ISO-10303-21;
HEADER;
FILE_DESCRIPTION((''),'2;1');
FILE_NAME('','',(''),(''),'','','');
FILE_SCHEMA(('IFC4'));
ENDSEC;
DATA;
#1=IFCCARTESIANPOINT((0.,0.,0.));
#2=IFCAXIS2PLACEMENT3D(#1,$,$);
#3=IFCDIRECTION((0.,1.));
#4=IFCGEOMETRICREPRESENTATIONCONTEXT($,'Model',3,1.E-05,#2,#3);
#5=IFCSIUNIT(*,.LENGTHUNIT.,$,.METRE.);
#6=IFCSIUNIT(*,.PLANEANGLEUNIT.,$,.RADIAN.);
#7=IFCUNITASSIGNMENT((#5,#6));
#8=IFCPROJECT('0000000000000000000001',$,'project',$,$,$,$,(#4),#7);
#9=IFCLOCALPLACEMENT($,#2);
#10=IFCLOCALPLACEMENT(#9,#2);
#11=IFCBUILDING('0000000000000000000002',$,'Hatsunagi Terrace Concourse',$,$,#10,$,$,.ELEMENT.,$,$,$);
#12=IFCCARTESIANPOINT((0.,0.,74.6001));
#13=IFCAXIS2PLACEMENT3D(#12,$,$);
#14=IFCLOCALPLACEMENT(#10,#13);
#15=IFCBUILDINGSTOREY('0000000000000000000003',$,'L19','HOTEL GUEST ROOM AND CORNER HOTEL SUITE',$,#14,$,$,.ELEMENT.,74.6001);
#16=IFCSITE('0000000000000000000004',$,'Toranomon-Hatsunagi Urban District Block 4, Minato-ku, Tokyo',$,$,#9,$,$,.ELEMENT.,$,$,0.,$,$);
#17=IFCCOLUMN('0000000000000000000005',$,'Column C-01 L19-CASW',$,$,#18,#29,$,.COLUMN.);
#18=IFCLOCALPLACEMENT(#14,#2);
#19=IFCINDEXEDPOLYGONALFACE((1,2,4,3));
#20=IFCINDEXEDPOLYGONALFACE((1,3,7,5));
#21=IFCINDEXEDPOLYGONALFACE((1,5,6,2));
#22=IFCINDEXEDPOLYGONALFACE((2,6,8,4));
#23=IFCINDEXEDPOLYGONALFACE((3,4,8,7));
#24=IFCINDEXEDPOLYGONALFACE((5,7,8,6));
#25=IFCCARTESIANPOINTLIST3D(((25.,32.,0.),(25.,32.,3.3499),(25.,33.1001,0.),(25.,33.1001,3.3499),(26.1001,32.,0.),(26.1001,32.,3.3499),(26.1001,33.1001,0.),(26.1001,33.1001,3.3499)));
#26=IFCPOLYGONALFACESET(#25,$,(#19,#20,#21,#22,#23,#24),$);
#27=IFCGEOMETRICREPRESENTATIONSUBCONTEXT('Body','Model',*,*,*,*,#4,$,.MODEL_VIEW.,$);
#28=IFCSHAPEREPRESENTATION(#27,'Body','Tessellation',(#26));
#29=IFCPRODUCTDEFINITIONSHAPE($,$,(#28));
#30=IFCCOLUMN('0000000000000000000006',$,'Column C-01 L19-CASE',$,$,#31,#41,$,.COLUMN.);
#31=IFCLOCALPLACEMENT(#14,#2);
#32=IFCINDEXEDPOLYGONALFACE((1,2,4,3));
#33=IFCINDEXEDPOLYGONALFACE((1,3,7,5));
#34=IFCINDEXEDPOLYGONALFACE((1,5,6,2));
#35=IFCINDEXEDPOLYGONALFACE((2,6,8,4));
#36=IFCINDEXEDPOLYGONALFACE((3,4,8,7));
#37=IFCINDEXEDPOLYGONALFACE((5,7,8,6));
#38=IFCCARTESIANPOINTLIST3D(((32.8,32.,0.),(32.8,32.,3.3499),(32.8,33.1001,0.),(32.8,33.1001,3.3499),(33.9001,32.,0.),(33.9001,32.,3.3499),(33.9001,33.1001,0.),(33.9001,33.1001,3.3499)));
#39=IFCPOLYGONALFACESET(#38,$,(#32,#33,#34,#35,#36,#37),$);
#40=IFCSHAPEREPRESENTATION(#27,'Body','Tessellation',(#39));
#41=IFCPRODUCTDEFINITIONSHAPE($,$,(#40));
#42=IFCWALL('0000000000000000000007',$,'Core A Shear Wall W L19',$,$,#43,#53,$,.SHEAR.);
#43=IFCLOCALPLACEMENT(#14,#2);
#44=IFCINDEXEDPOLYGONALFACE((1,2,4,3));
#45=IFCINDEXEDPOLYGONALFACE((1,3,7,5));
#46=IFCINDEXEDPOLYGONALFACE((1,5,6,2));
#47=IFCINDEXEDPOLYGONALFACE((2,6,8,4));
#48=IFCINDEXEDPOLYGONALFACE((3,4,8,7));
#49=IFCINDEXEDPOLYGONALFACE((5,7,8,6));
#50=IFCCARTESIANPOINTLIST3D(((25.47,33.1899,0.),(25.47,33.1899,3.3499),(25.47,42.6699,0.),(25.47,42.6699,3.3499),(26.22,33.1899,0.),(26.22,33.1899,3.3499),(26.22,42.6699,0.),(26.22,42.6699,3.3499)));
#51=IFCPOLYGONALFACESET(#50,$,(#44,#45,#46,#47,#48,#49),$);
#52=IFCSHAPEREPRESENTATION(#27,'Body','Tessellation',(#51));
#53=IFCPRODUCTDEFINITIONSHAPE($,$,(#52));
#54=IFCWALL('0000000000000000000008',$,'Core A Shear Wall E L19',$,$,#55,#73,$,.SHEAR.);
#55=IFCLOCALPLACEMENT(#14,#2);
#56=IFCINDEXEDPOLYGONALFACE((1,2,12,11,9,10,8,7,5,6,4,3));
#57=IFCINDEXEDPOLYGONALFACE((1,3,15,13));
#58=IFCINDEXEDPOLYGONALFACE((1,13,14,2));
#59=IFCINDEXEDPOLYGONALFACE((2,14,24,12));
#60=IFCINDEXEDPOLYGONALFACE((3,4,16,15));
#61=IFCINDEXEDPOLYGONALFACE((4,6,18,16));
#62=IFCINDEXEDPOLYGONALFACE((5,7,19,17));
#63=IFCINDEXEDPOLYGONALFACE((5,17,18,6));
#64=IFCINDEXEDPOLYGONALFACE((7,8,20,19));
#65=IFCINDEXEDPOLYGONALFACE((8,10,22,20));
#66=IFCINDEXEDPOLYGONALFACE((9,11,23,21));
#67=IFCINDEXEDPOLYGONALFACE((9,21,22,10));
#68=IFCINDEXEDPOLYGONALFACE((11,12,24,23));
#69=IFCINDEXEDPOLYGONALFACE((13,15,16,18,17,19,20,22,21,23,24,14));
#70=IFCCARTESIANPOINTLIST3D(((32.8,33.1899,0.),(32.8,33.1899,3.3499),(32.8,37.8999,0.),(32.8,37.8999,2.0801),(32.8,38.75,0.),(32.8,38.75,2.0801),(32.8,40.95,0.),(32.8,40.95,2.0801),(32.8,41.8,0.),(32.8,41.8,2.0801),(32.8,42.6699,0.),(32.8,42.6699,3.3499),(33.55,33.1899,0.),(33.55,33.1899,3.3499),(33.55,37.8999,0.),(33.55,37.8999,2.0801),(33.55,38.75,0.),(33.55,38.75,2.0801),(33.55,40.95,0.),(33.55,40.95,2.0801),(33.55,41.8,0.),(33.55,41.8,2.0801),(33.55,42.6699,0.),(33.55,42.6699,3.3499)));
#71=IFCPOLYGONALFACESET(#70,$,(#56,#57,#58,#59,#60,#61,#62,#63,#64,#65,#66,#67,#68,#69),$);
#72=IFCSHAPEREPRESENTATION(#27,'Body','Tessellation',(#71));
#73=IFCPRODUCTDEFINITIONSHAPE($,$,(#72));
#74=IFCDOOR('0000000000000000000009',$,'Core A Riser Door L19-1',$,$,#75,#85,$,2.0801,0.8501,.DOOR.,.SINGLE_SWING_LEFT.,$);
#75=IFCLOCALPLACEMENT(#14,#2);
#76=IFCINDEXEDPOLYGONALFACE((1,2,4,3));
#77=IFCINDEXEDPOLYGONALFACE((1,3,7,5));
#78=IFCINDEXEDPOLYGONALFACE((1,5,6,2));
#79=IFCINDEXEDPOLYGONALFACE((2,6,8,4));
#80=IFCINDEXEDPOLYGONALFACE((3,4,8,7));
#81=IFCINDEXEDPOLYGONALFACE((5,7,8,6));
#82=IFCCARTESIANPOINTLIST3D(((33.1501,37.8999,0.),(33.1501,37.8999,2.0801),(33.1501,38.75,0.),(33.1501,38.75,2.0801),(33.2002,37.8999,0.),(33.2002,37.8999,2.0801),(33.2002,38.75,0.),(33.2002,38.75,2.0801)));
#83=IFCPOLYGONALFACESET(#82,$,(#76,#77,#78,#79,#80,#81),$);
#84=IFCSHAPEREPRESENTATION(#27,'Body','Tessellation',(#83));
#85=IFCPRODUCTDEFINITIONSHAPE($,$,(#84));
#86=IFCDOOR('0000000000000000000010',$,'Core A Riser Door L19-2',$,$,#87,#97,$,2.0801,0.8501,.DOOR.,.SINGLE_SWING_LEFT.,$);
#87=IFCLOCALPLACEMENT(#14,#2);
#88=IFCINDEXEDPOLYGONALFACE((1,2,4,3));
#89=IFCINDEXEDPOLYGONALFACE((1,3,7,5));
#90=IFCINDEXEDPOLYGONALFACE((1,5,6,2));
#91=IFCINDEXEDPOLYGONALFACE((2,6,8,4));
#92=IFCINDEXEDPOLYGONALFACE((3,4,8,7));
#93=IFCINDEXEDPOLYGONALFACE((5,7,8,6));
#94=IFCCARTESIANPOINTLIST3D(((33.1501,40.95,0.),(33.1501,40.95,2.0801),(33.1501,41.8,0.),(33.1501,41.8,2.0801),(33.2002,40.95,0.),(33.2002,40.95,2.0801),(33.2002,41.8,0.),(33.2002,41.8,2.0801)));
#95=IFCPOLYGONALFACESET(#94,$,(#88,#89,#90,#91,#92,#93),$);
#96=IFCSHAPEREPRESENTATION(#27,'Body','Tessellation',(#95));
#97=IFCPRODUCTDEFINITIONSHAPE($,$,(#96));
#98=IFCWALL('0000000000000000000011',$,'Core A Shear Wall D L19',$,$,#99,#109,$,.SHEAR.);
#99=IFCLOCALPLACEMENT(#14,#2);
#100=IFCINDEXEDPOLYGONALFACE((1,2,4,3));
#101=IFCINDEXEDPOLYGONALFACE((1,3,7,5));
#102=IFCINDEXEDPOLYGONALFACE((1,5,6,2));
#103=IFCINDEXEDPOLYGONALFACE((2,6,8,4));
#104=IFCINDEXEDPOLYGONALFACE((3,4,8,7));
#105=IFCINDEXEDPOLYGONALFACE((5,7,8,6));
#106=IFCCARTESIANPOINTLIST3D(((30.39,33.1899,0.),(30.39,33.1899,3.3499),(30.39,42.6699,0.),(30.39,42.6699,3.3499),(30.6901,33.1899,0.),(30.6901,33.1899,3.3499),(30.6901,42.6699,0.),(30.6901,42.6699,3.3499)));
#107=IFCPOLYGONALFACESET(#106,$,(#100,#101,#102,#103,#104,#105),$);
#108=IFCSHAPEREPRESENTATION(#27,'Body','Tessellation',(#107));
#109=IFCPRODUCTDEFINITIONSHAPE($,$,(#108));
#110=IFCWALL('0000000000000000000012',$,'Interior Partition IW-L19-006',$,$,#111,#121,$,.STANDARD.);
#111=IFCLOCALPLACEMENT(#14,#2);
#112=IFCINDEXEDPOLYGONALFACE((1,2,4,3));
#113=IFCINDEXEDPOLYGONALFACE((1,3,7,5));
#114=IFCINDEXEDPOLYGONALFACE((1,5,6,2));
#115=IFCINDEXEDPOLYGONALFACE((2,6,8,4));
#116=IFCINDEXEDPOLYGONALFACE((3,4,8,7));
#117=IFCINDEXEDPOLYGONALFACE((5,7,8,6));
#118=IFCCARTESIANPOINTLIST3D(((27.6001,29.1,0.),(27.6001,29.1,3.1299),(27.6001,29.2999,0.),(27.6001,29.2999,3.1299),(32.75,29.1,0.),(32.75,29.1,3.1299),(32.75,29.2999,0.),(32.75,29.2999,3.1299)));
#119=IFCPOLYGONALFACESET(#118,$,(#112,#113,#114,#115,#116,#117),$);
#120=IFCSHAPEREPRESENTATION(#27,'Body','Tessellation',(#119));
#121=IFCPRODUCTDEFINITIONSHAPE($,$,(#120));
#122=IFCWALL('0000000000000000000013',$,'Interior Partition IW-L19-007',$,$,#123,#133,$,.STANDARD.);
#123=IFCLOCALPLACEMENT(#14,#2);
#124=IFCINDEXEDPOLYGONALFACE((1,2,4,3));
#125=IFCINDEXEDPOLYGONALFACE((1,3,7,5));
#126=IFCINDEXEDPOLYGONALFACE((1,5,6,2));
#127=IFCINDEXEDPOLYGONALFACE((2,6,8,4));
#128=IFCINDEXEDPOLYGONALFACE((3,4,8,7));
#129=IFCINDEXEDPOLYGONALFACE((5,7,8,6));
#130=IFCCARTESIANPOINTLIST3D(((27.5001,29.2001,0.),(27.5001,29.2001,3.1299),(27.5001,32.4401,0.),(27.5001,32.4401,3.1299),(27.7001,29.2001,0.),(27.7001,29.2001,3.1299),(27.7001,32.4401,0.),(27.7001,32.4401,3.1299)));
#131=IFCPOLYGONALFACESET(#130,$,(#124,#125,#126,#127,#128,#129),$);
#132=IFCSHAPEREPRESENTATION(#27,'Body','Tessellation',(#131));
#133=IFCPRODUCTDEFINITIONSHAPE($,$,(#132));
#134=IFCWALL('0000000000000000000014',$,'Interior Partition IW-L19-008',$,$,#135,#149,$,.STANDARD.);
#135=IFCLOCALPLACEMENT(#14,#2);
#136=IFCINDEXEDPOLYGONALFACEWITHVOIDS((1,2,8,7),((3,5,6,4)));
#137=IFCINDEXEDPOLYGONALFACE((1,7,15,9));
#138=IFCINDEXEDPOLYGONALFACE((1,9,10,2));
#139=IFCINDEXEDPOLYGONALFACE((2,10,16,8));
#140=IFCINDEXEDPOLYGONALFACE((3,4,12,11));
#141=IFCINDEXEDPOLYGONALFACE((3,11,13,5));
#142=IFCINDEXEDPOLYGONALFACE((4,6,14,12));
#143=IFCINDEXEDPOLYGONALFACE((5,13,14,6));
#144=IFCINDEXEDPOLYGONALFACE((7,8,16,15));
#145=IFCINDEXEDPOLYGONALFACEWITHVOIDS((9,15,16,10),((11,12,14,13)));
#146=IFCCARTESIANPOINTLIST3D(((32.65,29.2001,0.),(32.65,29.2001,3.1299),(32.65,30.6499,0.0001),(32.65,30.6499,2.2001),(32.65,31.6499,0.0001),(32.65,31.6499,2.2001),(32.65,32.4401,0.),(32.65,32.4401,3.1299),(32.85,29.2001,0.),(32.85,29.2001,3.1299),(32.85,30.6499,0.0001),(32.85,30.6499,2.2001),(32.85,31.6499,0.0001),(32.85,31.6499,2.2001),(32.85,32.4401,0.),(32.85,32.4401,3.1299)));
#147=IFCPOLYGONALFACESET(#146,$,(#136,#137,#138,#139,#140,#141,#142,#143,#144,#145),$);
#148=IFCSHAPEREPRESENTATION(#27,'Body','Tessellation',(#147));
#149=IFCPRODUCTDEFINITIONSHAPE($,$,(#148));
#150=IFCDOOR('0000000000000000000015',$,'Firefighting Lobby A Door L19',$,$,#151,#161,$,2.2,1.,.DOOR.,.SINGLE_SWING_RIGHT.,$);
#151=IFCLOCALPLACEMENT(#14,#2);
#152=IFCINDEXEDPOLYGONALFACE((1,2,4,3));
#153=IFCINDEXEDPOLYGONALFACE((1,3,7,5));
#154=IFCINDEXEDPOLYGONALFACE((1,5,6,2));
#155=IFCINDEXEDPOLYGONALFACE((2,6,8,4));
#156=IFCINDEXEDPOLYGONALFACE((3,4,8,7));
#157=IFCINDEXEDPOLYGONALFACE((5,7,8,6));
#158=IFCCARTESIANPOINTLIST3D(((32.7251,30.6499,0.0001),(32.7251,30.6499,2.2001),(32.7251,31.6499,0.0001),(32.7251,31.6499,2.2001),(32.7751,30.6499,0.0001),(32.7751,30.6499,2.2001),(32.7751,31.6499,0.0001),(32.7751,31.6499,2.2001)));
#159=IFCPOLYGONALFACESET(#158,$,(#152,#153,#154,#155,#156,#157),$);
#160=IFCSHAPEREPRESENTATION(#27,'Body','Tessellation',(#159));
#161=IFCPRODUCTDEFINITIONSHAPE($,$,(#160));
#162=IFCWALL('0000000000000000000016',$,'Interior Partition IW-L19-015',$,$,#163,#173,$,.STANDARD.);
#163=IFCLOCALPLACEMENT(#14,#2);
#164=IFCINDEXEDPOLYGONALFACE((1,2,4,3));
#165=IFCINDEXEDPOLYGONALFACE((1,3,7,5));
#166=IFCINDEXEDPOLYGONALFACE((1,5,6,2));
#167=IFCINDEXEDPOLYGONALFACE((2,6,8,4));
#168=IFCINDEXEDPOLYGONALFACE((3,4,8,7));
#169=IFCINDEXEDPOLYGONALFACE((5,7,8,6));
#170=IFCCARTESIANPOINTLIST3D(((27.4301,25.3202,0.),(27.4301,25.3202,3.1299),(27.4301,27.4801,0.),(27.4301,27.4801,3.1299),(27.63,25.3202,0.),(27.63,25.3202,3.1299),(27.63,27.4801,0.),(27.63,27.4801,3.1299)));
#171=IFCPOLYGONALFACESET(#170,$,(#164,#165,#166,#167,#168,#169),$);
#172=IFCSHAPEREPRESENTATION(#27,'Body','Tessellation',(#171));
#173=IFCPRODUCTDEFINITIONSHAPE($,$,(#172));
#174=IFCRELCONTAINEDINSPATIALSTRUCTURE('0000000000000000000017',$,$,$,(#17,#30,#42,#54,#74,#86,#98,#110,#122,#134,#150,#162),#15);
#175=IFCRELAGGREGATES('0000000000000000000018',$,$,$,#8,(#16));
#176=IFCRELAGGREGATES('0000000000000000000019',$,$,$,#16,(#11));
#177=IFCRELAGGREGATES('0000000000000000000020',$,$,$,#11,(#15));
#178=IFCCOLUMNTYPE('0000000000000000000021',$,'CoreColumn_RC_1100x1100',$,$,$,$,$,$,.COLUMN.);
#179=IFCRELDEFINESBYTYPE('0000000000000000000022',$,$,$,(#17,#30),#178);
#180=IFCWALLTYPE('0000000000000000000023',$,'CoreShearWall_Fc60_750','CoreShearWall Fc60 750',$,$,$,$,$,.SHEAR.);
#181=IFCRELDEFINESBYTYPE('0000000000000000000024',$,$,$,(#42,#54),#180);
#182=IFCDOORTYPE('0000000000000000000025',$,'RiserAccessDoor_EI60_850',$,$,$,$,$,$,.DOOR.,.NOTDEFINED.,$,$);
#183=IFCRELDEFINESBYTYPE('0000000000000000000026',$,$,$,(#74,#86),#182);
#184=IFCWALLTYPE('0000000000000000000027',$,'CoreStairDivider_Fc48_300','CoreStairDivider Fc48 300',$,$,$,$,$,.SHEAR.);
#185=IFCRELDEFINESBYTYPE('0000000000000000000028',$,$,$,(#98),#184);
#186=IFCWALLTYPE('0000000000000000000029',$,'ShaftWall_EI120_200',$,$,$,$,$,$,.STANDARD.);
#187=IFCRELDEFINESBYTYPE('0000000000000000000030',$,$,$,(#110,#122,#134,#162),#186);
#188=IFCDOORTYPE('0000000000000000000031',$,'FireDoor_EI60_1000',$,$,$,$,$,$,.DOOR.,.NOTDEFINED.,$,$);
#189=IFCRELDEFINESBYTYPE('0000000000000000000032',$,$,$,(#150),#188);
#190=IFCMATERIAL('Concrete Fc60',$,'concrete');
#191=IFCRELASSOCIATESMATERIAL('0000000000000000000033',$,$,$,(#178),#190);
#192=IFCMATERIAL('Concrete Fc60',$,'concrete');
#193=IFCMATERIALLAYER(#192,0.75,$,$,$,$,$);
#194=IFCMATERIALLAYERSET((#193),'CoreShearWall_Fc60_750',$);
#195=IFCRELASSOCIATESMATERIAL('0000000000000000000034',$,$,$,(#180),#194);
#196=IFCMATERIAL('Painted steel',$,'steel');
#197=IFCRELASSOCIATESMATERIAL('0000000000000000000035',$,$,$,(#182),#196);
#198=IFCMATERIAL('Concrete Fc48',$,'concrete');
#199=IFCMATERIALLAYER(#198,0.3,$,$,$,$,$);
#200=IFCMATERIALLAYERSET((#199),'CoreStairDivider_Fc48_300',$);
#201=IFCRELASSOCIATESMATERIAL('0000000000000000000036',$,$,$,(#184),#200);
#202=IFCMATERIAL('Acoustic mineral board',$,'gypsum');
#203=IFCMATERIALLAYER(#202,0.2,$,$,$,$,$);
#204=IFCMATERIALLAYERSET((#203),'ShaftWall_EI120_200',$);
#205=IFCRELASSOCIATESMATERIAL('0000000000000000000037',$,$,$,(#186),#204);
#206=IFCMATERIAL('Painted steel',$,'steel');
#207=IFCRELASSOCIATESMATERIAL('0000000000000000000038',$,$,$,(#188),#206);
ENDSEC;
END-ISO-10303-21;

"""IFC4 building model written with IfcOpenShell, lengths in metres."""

from ifc_helpers import new_model, si_unit, direction, frame, frame_2d, origin, origin_2d, place, context, subcontext, project, spatial, rectangle, extrude, material, layer, layer_set, material_profile, profile_set, type_object, element, fill, save


model = new_model("IFC4")

# Units and contexts
model_context = context("Model", 3, precision=1e-05, world=origin(), true_north=direction((0.0, 1.0)))
body_context = subcontext(model_context, "Body", "Model", "MODEL_VIEW")
ifc_project = project(units=[si_unit("LENGTHUNIT", "METRE"), si_unit("PLANEANGLEUNIT", "RADIAN")], contexts=[model_context])

# Site, building, storey
site_placement = place(None, origin())
site = spatial("IfcSite", under=ifc_project, at=site_placement, Name="Toranomon-Hatsunagi Urban District Block 4, Minato-ku, Tokyo", CompositionType="ELEMENT", RefElevation=0.0)
building_placement = place(site_placement, origin())
building = spatial("IfcBuilding", under=site, at=building_placement, Name="Hatsunagi Terrace Concourse", CompositionType="ELEMENT")
storey_placement = place(building_placement, frame((0.0, 0.0, 74.6001)))
storey = spatial("IfcBuildingStorey", under=building, at=storey_placement, Name="L19", Description="HOTEL GUEST ROOM AND CORNER HOTEL SUITE", CompositionType="ELEMENT", Elevation=74.6001)

# Columns
ifc_material_1 = material(Name="Concrete Fc60", Category="concrete")
ifc_material_profile = material_profile(ifc_material_1, rectangle(XDim=1.1001, YDim=1.1001, at=origin_2d()), Name="RC-1100x1100")
ifc_profile_set = profile_set([ifc_material_profile], Name="Concrete Fc60")
column_type = type_object("IfcColumnType", Name="CoreColumn_RC_1100x1100", PredefinedType="COLUMN", material=ifc_profile_set)
for number, where, z_axis, x_axis, name in (
    (1, (25.55, 32.55, 0.0), (0.0, 0.0, 1.0), (1.0, 0.0, 0.0), "Column C-01 L19-CASW"),
    (2, (33.3501, 32.55, 0.0), (0.0, 0.0, 1.0), (1.0, 0.0, 0.0), "Column C-01 L19-CASE"),
):
    element("IfcColumn", number, at=place(storey_placement, frame(where, z_axis=z_axis, x_axis=x_axis)), inside=storey, type_object=column_type, Name=name, PredefinedType="COLUMN", context=body_context, shape_type="SweptSolid", body=[
        extrude(rectangle(XDim=1.1001, YDim=1.1001, at=origin_2d()), origin(), (0.0, 0.0, 1.0), 3.3499),
    ])

# Wall
ifc_material_2 = material(Name="Concrete Fc60", Category="concrete")
ifc_layer_1 = layer(ifc_material_2, 0.75)
ifc_layer_set_1 = layer_set([ifc_layer_1], Name="CoreShearWall_Fc60_750")
wall_type_1 = type_object("IfcWallType", Name="CoreShearWall_Fc60_750", Description="CoreShearWall Fc60 750", PredefinedType="SHEAR", material=ifc_layer_set_1)
wall_1_placement = place(storey_placement, frame((25.845, 33.1899, 0.0), z_axis=(0.0, 0.0, 1.0), x_axis=(0.0, 1.0, 0.0)))
element("IfcWall", 3, at=wall_1_placement, inside=storey, type_object=wall_type_1, Name="Core A Shear Wall W L19", PredefinedType="SHEAR", context=body_context, shape_type="SweptSolid", body=[
    extrude(rectangle(XDim=9.48, YDim=0.75, at=frame_2d((4.74, 0.0))), origin(), (0.0, 0.0, 1.0), 3.3499),
])

# Wall, openings, doors
wall_2_placement = place(storey_placement, frame((33.175, 33.1899, 0.0), z_axis=(0.0, 0.0, 1.0), x_axis=(0.0, 1.0, 0.0)))
wall_2 = element("IfcWall", 4, at=wall_2_placement, inside=storey, type_object=wall_type_1, Name="Core A Shear Wall E L19", PredefinedType="SHEAR", context=body_context, shape_type="SweptSolid", body=[
    extrude(rectangle(XDim=9.48, YDim=0.75, at=frame_2d((4.74, 0.0))), origin(), (0.0, 0.0, 1.0), 3.3499),
])
opening_1_placement = place(wall_2_placement, frame((4.71, 0.0, 0.0)))
opening_1 = element("IfcOpeningElement", 5, at=opening_1_placement, cuts=wall_2, PredefinedType="OPENING", context=body_context, shape_type="SweptSolid", body=[
    extrude(rectangle(XDim=0.8501, YDim=2.0801, at=frame_2d((0.425, 1.04))), frame((0.0, 0.385, 0.0), z_axis=(0.0, -1.0, 0.0), x_axis=(1.0, 0.0, 0.0)), (0.0, 0.0, 1.0), 0.77),
])
opening_2_placement = place(wall_2_placement, frame((7.76, 0.0, 0.0)))
opening_2 = element("IfcOpeningElement", 6, at=opening_2_placement, cuts=wall_2, PredefinedType="OPENING", context=body_context, shape_type="SweptSolid", body=[
    extrude(rectangle(XDim=0.8501, YDim=2.0801, at=frame_2d((0.425, 1.04))), frame((0.0, 0.385, 0.0), z_axis=(0.0, -1.0, 0.0), x_axis=(1.0, 0.0, 0.0)), (0.0, 0.0, 1.0), 0.77),
])
ifc_material_3 = material(Name="Painted steel", Category="steel")
door_type_1 = type_object("IfcDoorType", Name="RiserAccessDoor_EI60_850", OperationType="NOTDEFINED", PredefinedType="DOOR", material=ifc_material_3)
door_1_placement = place(opening_1_placement, origin())
door_1 = element("IfcDoor", 7, at=door_1_placement, inside=storey, type_object=door_type_1, Name="Core A Riser Door L19-1", OperationType="SINGLE_SWING_LEFT", OverallHeight=2.0801, OverallWidth=0.8501, PredefinedType="DOOR", context=body_context, shape_type="SweptSolid", body=[
    extrude(rectangle(XDim=0.8501, YDim=2.0801, at=frame_2d((0.425, 1.04))), frame((0.0, 0.0249, 0.0), z_axis=(0.0, -1.0, 0.0), x_axis=(1.0, 0.0, 0.0)), (0.0, 0.0, 1.0), 0.05),
])
fill(opening_1, door_1)
door_2_placement = place(opening_2_placement, origin())
door_2 = element("IfcDoor", 8, at=door_2_placement, inside=storey, type_object=door_type_1, Name="Core A Riser Door L19-2", OperationType="SINGLE_SWING_LEFT", OverallHeight=2.0801, OverallWidth=0.8501, PredefinedType="DOOR", context=body_context, shape_type="SweptSolid", body=[
    extrude(rectangle(XDim=0.8501, YDim=2.0801, at=frame_2d((0.425, 1.04))), frame((0.0, 0.0249, 0.0), z_axis=(0.0, -1.0, 0.0), x_axis=(1.0, 0.0, 0.0)), (0.0, 0.0, 1.0), 0.05),
])
fill(opening_2, door_2)

# Walls
ifc_material_4 = material(Name="Concrete Fc48", Category="concrete")
ifc_layer_2 = layer(ifc_material_4, 0.3)
ifc_layer_set_2 = layer_set([ifc_layer_2], Name="CoreStairDivider_Fc48_300")
wall_type_2 = type_object("IfcWallType", Name="CoreStairDivider_Fc48_300", Description="CoreStairDivider Fc48 300", PredefinedType="SHEAR", material=ifc_layer_set_2)
wall_3_placement = place(storey_placement, frame((30.54, 33.1899, 0.0), z_axis=(0.0, 0.0, 1.0), x_axis=(0.0, 1.0, 0.0)))
element("IfcWall", 9, at=wall_3_placement, inside=storey, type_object=wall_type_2, Name="Core A Shear Wall D L19", PredefinedType="SHEAR", context=body_context, shape_type="SweptSolid", body=[
    extrude(rectangle(XDim=9.48, YDim=0.3, at=frame_2d((4.74, 0.0))), origin(), (0.0, 0.0, 1.0), 3.3499),
])
ifc_material_5 = material(Name="Acoustic mineral board", Category="gypsum")
ifc_layer_3 = layer(ifc_material_5, 0.2)
ifc_layer_set_3 = layer_set([ifc_layer_3], Name="ShaftWall_EI120_200")
wall_type_3 = type_object("IfcWallType", Name="ShaftWall_EI120_200", PredefinedType="STANDARD", material=ifc_layer_set_3)
wall_4_placement = place(storey_placement, frame((27.6001, 29.2, 0.0), z_axis=(0.0, 0.0, 1.0), x_axis=(1.0, 0.0, 0.0)))
element("IfcWall", 10, at=wall_4_placement, inside=storey, type_object=wall_type_3, Name="Interior Partition IW-L19-006", PredefinedType="STANDARD", context=body_context, shape_type="SweptSolid", body=[
    extrude(rectangle(XDim=5.1499, YDim=0.2, at=frame_2d((2.575, 0.0))), origin(), (0.0, 0.0, 1.0), 3.1299),
])
wall_5_placement = place(storey_placement, frame((27.6001, 29.2, 0.0), z_axis=(0.0, 0.0, 1.0), x_axis=(0.0, 1.0, 0.0)))
element("IfcWall", 11, at=wall_5_placement, inside=storey, type_object=wall_type_3, Name="Interior Partition IW-L19-007", PredefinedType="STANDARD", context=body_context, shape_type="SweptSolid", body=[
    extrude(rectangle(XDim=3.24, YDim=0.2, at=frame_2d((1.6201, 0.0))), origin(), (0.0, 0.0, 1.0), 3.1299),
])

# Wall, opening, door
wall_6_placement = place(storey_placement, frame((32.75, 29.2, 0.0), z_axis=(0.0, 0.0, 1.0), x_axis=(0.0, 1.0, 0.0)))
wall_6 = element("IfcWall", 12, at=wall_6_placement, inside=storey, type_object=wall_type_3, Name="Interior Partition IW-L19-008", PredefinedType="STANDARD", context=body_context, shape_type="SweptSolid", body=[
    extrude(rectangle(XDim=3.24, YDim=0.2, at=frame_2d((1.6201, 0.0))), origin(), (0.0, 0.0, 1.0), 3.1299),
])
opening_3_placement = place(wall_6_placement, frame((1.45, 0.0, 0.0)))
opening_3 = element("IfcOpeningElement", 13, at=opening_3_placement, cuts=wall_6, PredefinedType="OPENING", context=body_context, shape_type="SweptSolid", body=[
    extrude(rectangle(XDim=1.0, YDim=2.2, at=frame_2d((0.5, 1.1001))), frame((0.0, 0.1099, 0.0), z_axis=(0.0, -1.0, 0.0), x_axis=(1.0, 0.0, 0.0)), (0.0, 0.0, 1.0), 0.22),
])
ifc_material_6 = material(Name="Painted steel", Category="steel")
door_type_2 = type_object("IfcDoorType", Name="FireDoor_EI60_1000", OperationType="NOTDEFINED", PredefinedType="DOOR", material=ifc_material_6)
door_3_placement = place(opening_3_placement, origin())
door_3 = element("IfcDoor", 14, at=door_3_placement, inside=storey, type_object=door_type_2, Name="Firefighting Lobby A Door L19", OperationType="SINGLE_SWING_RIGHT", OverallHeight=2.2, OverallWidth=1.0, PredefinedType="DOOR", context=body_context, shape_type="SweptSolid", body=[
    extrude(rectangle(XDim=1.0, YDim=2.2, at=frame_2d((0.5, 1.1001))), frame((0.0, 0.0249, 0.0), z_axis=(0.0, -1.0, 0.0), x_axis=(1.0, 0.0, 0.0)), (0.0, 0.0, 1.0), 0.05),
])
fill(opening_3, door_3)

# Wall
for number, where, z_axis, x_axis, name in (
    (15, (27.53, 25.3201, 0.0), (0.0, 0.0, 1.0), (0.0, 1.0, 0.0), "Interior Partition IW-L19-015"),
):
    element("IfcWall", number, at=place(storey_placement, frame(where, z_axis=z_axis, x_axis=x_axis)), inside=storey, type_object=wall_type_3, Name=name, PredefinedType="STANDARD", context=body_context, shape_type="SweptSolid", body=[
        extrude(rectangle(XDim=2.1599, YDim=0.2, at=frame_2d((1.0801, 0.0))), origin(), (0.0, 0.0, 1.0), 3.1299),
    ])

save(model, "model.ifc")
